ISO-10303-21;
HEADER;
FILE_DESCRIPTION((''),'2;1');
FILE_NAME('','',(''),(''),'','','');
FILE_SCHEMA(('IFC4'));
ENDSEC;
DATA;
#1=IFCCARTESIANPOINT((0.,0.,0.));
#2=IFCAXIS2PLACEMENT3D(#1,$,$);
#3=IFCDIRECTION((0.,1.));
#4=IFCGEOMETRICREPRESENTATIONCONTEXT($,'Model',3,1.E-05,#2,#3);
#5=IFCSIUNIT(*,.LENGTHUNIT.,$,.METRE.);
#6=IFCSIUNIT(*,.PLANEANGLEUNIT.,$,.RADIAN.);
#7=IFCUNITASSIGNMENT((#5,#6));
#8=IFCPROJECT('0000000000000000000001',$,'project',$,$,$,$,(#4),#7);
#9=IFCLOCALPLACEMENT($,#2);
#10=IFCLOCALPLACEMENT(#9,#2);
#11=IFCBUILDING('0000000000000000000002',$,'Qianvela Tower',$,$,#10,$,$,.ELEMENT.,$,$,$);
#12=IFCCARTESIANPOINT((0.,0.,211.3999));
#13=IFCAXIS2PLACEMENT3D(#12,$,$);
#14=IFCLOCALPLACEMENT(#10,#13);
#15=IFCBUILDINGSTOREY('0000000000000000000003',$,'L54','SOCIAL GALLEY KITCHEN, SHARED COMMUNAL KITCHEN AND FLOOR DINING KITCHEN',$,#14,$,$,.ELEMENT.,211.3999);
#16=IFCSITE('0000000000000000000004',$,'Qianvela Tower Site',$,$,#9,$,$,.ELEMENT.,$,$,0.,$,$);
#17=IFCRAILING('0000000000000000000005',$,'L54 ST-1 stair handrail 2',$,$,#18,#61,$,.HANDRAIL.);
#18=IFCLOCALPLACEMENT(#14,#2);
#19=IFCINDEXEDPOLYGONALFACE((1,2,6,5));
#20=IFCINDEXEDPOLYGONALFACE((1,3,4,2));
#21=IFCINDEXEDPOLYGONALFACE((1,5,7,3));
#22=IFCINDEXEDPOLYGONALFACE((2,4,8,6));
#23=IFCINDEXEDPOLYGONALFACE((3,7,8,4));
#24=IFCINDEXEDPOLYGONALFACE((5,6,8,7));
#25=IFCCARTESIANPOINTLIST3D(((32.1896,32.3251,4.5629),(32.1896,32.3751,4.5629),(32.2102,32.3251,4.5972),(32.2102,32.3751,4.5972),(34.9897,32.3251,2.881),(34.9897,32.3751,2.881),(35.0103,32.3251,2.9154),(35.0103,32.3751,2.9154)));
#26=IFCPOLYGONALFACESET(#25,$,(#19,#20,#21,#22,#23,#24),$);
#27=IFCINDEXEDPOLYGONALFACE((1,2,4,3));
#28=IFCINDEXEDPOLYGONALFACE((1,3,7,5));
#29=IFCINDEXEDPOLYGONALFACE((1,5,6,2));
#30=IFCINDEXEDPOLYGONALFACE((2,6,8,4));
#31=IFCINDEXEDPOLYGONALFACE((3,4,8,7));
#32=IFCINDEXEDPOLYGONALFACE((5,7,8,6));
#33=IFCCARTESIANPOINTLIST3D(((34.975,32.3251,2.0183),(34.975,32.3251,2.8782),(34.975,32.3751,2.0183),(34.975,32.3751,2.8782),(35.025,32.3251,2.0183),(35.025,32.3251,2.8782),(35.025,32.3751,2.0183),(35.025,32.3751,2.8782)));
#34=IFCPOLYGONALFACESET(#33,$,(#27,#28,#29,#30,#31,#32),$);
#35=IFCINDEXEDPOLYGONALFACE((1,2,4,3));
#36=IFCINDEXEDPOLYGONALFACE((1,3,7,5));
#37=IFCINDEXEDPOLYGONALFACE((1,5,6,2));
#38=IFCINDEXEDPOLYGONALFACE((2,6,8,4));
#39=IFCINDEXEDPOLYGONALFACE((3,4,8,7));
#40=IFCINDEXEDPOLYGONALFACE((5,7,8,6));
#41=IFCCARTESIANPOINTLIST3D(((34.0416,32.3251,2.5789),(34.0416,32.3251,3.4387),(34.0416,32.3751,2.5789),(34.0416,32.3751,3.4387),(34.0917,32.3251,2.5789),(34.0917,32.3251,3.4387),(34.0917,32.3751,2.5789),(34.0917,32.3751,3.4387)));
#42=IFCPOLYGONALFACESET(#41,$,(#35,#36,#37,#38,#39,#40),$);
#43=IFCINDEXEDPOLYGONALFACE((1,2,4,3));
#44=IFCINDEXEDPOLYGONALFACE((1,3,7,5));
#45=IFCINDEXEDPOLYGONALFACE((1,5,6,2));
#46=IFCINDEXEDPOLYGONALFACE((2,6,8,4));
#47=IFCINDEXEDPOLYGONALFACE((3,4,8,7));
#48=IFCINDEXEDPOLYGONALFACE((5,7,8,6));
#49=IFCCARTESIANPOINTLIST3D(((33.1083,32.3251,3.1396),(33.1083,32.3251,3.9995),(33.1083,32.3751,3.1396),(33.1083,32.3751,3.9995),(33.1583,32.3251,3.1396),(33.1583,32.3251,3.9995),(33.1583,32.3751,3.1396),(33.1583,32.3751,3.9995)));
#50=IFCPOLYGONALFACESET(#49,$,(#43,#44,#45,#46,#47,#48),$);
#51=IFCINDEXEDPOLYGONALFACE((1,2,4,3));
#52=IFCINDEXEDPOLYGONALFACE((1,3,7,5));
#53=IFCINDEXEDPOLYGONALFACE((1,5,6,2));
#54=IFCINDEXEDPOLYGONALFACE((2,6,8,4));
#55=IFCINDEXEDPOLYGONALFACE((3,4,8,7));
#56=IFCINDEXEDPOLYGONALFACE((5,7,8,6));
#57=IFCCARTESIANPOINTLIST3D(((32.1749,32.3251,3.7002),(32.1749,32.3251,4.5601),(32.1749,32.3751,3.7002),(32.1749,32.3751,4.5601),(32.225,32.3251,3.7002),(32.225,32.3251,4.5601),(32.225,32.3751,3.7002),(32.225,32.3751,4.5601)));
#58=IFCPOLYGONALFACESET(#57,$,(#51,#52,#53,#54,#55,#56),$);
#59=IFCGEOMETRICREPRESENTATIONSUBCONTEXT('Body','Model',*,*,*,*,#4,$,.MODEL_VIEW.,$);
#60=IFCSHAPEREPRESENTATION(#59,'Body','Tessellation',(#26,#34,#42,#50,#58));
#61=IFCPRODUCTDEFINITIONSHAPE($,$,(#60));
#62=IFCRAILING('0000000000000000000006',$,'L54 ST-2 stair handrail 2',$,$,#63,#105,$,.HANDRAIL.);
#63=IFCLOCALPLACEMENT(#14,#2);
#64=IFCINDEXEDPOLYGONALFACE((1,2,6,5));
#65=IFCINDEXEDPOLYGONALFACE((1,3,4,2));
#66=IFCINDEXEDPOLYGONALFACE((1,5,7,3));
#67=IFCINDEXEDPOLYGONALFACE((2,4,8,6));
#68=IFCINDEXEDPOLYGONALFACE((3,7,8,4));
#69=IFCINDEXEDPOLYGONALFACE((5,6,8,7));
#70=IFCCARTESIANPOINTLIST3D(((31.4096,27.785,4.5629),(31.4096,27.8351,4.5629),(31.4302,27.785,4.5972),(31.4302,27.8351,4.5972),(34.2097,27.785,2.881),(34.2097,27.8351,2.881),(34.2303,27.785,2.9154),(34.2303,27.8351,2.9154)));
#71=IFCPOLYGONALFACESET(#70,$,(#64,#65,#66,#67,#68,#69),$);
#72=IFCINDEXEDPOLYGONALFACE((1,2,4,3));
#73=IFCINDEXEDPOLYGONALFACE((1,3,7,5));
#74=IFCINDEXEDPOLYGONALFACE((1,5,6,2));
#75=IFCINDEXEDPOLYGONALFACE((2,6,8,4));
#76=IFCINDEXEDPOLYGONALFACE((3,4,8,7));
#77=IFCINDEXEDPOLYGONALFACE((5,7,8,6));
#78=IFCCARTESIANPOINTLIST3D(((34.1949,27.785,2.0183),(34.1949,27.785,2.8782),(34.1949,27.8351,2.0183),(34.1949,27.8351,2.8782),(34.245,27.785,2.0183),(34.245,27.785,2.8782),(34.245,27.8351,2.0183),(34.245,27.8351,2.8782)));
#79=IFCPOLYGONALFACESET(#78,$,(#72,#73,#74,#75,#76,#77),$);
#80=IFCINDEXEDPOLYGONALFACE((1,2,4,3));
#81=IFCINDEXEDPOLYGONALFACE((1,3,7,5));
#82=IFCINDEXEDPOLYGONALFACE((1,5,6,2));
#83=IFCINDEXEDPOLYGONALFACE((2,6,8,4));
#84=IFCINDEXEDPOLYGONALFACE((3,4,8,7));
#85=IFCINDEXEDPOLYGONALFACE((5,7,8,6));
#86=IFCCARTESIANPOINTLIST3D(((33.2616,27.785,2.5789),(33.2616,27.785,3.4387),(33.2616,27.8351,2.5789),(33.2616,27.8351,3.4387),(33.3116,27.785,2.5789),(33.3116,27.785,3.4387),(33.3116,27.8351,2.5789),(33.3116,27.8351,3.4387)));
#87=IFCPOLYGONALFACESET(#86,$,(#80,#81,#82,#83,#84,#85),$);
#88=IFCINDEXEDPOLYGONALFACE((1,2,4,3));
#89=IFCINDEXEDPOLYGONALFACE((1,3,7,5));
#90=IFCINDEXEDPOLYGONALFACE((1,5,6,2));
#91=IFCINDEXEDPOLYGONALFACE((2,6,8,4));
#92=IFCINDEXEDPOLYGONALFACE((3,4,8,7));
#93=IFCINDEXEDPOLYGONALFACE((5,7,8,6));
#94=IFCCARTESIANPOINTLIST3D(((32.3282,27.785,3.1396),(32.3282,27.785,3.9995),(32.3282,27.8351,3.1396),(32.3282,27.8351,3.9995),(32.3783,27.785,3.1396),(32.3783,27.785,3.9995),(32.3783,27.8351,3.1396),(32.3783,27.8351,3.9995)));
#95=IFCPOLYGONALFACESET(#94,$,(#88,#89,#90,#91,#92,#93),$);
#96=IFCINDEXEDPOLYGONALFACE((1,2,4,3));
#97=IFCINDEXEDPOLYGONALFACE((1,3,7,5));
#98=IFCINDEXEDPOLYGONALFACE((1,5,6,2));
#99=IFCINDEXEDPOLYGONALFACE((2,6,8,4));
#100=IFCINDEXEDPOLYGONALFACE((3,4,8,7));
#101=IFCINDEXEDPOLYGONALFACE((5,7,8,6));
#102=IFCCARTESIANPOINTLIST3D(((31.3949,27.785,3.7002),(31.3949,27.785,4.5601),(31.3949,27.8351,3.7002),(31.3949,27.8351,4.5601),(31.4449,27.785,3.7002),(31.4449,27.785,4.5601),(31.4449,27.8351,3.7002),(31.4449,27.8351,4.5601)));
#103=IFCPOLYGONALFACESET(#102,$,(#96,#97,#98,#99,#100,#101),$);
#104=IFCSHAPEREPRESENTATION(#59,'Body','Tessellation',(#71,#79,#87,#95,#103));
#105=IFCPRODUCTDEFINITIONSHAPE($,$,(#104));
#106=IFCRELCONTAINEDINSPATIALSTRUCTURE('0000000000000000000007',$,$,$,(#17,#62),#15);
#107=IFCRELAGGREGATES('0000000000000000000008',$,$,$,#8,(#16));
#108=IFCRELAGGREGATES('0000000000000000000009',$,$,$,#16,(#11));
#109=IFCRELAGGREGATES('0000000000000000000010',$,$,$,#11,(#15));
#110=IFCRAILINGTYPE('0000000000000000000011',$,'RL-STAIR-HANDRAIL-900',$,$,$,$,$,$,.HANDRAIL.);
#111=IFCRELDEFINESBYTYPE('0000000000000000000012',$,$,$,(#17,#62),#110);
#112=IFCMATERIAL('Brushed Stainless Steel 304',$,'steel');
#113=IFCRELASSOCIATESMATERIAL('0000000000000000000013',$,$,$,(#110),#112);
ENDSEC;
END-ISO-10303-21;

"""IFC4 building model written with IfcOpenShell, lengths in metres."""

from ifc_helpers import new_model, si_unit, direction, frame, origin, origin_2d, place, context, subcontext, project, spatial, rectangle, extrude, material, type_object, element, save


model = new_model("IFC4")

# Units and contexts
model_context = context("Model", 3, precision=1e-05, world=origin(), true_north=direction((0.0, 1.0)))
body_context = subcontext(model_context, "Body", "Model", "MODEL_VIEW")
ifc_project = project(units=[si_unit("LENGTHUNIT", "METRE"), si_unit("PLANEANGLEUNIT", "RADIAN")], contexts=[model_context])

# Site, building, storey
site_placement = place(None, origin())
site = spatial("IfcSite", under=ifc_project, at=site_placement, Name="Qianvela Tower Site", CompositionType="ELEMENT", RefElevation=0.0)
building_placement = place(site_placement, origin())
building = spatial("IfcBuilding", under=site, at=building_placement, Name="Qianvela Tower", CompositionType="ELEMENT")
storey_placement = place(building_placement, frame((0.0, 0.0, 211.3999)))
storey = spatial("IfcBuildingStorey", under=building, at=storey_placement, Name="L54", Description="SOCIAL GALLEY KITCHEN, SHARED COMMUNAL KITCHEN AND FLOOR DINING KITCHEN", CompositionType="ELEMENT", Elevation=211.3999)

# Railings
ifc_material_1 = material(Name="Brushed Stainless Steel 304", Category="steel")
railing_type_1 = type_object("IfcRailingType", Name="RL-STAIR-HANDRAIL-900", PredefinedType="HANDRAIL", material=ifc_material_1)
for number, where, name in (
    (1, (35.0, 32.3501, 2.0183), "L54 ST-1 stair handrail 2"),
    (2, (34.22, 27.8101, 2.0183), "L54 ST-2 stair handrail 2"),
):
    element("IfcRailing", number, at=place(storey_placement, frame(where)), inside=storey, type_object=railing_type_1, Name=name, PredefinedType="HANDRAIL", context=body_context, shape_type="SweptSolid", body=[
        extrude(rectangle(XDim=0.05, YDim=0.04, at=origin_2d()), frame((0.0, 0.0, 0.8799), z_axis=(-0.857242, 0.0, 0.514913), x_axis=(0.0, -1.0, 0.0)), (0.0, 0.0, 1.0), 3.2664),
        extrude(rectangle(XDim=0.05, YDim=0.05, at=origin_2d()), origin(), (0.0, 0.0, 1.0), 0.8599),
        extrude(rectangle(XDim=0.05, YDim=0.05, at=origin_2d()), frame((-0.9333, 0.0, 0.5605)), (0.0, 0.0, 1.0), 0.8599),
        extrude(rectangle(XDim=0.05, YDim=0.05, at=origin_2d()), frame((-1.8667, 0.0, 1.1213)), (0.0, 0.0, 1.0), 0.8599),
        extrude(rectangle(XDim=0.05, YDim=0.05, at=origin_2d()), frame((-2.8, 0.0, 1.6819)), (0.0, 0.0, 1.0), 0.8599),
    ])

save(model, "model.ifc")
